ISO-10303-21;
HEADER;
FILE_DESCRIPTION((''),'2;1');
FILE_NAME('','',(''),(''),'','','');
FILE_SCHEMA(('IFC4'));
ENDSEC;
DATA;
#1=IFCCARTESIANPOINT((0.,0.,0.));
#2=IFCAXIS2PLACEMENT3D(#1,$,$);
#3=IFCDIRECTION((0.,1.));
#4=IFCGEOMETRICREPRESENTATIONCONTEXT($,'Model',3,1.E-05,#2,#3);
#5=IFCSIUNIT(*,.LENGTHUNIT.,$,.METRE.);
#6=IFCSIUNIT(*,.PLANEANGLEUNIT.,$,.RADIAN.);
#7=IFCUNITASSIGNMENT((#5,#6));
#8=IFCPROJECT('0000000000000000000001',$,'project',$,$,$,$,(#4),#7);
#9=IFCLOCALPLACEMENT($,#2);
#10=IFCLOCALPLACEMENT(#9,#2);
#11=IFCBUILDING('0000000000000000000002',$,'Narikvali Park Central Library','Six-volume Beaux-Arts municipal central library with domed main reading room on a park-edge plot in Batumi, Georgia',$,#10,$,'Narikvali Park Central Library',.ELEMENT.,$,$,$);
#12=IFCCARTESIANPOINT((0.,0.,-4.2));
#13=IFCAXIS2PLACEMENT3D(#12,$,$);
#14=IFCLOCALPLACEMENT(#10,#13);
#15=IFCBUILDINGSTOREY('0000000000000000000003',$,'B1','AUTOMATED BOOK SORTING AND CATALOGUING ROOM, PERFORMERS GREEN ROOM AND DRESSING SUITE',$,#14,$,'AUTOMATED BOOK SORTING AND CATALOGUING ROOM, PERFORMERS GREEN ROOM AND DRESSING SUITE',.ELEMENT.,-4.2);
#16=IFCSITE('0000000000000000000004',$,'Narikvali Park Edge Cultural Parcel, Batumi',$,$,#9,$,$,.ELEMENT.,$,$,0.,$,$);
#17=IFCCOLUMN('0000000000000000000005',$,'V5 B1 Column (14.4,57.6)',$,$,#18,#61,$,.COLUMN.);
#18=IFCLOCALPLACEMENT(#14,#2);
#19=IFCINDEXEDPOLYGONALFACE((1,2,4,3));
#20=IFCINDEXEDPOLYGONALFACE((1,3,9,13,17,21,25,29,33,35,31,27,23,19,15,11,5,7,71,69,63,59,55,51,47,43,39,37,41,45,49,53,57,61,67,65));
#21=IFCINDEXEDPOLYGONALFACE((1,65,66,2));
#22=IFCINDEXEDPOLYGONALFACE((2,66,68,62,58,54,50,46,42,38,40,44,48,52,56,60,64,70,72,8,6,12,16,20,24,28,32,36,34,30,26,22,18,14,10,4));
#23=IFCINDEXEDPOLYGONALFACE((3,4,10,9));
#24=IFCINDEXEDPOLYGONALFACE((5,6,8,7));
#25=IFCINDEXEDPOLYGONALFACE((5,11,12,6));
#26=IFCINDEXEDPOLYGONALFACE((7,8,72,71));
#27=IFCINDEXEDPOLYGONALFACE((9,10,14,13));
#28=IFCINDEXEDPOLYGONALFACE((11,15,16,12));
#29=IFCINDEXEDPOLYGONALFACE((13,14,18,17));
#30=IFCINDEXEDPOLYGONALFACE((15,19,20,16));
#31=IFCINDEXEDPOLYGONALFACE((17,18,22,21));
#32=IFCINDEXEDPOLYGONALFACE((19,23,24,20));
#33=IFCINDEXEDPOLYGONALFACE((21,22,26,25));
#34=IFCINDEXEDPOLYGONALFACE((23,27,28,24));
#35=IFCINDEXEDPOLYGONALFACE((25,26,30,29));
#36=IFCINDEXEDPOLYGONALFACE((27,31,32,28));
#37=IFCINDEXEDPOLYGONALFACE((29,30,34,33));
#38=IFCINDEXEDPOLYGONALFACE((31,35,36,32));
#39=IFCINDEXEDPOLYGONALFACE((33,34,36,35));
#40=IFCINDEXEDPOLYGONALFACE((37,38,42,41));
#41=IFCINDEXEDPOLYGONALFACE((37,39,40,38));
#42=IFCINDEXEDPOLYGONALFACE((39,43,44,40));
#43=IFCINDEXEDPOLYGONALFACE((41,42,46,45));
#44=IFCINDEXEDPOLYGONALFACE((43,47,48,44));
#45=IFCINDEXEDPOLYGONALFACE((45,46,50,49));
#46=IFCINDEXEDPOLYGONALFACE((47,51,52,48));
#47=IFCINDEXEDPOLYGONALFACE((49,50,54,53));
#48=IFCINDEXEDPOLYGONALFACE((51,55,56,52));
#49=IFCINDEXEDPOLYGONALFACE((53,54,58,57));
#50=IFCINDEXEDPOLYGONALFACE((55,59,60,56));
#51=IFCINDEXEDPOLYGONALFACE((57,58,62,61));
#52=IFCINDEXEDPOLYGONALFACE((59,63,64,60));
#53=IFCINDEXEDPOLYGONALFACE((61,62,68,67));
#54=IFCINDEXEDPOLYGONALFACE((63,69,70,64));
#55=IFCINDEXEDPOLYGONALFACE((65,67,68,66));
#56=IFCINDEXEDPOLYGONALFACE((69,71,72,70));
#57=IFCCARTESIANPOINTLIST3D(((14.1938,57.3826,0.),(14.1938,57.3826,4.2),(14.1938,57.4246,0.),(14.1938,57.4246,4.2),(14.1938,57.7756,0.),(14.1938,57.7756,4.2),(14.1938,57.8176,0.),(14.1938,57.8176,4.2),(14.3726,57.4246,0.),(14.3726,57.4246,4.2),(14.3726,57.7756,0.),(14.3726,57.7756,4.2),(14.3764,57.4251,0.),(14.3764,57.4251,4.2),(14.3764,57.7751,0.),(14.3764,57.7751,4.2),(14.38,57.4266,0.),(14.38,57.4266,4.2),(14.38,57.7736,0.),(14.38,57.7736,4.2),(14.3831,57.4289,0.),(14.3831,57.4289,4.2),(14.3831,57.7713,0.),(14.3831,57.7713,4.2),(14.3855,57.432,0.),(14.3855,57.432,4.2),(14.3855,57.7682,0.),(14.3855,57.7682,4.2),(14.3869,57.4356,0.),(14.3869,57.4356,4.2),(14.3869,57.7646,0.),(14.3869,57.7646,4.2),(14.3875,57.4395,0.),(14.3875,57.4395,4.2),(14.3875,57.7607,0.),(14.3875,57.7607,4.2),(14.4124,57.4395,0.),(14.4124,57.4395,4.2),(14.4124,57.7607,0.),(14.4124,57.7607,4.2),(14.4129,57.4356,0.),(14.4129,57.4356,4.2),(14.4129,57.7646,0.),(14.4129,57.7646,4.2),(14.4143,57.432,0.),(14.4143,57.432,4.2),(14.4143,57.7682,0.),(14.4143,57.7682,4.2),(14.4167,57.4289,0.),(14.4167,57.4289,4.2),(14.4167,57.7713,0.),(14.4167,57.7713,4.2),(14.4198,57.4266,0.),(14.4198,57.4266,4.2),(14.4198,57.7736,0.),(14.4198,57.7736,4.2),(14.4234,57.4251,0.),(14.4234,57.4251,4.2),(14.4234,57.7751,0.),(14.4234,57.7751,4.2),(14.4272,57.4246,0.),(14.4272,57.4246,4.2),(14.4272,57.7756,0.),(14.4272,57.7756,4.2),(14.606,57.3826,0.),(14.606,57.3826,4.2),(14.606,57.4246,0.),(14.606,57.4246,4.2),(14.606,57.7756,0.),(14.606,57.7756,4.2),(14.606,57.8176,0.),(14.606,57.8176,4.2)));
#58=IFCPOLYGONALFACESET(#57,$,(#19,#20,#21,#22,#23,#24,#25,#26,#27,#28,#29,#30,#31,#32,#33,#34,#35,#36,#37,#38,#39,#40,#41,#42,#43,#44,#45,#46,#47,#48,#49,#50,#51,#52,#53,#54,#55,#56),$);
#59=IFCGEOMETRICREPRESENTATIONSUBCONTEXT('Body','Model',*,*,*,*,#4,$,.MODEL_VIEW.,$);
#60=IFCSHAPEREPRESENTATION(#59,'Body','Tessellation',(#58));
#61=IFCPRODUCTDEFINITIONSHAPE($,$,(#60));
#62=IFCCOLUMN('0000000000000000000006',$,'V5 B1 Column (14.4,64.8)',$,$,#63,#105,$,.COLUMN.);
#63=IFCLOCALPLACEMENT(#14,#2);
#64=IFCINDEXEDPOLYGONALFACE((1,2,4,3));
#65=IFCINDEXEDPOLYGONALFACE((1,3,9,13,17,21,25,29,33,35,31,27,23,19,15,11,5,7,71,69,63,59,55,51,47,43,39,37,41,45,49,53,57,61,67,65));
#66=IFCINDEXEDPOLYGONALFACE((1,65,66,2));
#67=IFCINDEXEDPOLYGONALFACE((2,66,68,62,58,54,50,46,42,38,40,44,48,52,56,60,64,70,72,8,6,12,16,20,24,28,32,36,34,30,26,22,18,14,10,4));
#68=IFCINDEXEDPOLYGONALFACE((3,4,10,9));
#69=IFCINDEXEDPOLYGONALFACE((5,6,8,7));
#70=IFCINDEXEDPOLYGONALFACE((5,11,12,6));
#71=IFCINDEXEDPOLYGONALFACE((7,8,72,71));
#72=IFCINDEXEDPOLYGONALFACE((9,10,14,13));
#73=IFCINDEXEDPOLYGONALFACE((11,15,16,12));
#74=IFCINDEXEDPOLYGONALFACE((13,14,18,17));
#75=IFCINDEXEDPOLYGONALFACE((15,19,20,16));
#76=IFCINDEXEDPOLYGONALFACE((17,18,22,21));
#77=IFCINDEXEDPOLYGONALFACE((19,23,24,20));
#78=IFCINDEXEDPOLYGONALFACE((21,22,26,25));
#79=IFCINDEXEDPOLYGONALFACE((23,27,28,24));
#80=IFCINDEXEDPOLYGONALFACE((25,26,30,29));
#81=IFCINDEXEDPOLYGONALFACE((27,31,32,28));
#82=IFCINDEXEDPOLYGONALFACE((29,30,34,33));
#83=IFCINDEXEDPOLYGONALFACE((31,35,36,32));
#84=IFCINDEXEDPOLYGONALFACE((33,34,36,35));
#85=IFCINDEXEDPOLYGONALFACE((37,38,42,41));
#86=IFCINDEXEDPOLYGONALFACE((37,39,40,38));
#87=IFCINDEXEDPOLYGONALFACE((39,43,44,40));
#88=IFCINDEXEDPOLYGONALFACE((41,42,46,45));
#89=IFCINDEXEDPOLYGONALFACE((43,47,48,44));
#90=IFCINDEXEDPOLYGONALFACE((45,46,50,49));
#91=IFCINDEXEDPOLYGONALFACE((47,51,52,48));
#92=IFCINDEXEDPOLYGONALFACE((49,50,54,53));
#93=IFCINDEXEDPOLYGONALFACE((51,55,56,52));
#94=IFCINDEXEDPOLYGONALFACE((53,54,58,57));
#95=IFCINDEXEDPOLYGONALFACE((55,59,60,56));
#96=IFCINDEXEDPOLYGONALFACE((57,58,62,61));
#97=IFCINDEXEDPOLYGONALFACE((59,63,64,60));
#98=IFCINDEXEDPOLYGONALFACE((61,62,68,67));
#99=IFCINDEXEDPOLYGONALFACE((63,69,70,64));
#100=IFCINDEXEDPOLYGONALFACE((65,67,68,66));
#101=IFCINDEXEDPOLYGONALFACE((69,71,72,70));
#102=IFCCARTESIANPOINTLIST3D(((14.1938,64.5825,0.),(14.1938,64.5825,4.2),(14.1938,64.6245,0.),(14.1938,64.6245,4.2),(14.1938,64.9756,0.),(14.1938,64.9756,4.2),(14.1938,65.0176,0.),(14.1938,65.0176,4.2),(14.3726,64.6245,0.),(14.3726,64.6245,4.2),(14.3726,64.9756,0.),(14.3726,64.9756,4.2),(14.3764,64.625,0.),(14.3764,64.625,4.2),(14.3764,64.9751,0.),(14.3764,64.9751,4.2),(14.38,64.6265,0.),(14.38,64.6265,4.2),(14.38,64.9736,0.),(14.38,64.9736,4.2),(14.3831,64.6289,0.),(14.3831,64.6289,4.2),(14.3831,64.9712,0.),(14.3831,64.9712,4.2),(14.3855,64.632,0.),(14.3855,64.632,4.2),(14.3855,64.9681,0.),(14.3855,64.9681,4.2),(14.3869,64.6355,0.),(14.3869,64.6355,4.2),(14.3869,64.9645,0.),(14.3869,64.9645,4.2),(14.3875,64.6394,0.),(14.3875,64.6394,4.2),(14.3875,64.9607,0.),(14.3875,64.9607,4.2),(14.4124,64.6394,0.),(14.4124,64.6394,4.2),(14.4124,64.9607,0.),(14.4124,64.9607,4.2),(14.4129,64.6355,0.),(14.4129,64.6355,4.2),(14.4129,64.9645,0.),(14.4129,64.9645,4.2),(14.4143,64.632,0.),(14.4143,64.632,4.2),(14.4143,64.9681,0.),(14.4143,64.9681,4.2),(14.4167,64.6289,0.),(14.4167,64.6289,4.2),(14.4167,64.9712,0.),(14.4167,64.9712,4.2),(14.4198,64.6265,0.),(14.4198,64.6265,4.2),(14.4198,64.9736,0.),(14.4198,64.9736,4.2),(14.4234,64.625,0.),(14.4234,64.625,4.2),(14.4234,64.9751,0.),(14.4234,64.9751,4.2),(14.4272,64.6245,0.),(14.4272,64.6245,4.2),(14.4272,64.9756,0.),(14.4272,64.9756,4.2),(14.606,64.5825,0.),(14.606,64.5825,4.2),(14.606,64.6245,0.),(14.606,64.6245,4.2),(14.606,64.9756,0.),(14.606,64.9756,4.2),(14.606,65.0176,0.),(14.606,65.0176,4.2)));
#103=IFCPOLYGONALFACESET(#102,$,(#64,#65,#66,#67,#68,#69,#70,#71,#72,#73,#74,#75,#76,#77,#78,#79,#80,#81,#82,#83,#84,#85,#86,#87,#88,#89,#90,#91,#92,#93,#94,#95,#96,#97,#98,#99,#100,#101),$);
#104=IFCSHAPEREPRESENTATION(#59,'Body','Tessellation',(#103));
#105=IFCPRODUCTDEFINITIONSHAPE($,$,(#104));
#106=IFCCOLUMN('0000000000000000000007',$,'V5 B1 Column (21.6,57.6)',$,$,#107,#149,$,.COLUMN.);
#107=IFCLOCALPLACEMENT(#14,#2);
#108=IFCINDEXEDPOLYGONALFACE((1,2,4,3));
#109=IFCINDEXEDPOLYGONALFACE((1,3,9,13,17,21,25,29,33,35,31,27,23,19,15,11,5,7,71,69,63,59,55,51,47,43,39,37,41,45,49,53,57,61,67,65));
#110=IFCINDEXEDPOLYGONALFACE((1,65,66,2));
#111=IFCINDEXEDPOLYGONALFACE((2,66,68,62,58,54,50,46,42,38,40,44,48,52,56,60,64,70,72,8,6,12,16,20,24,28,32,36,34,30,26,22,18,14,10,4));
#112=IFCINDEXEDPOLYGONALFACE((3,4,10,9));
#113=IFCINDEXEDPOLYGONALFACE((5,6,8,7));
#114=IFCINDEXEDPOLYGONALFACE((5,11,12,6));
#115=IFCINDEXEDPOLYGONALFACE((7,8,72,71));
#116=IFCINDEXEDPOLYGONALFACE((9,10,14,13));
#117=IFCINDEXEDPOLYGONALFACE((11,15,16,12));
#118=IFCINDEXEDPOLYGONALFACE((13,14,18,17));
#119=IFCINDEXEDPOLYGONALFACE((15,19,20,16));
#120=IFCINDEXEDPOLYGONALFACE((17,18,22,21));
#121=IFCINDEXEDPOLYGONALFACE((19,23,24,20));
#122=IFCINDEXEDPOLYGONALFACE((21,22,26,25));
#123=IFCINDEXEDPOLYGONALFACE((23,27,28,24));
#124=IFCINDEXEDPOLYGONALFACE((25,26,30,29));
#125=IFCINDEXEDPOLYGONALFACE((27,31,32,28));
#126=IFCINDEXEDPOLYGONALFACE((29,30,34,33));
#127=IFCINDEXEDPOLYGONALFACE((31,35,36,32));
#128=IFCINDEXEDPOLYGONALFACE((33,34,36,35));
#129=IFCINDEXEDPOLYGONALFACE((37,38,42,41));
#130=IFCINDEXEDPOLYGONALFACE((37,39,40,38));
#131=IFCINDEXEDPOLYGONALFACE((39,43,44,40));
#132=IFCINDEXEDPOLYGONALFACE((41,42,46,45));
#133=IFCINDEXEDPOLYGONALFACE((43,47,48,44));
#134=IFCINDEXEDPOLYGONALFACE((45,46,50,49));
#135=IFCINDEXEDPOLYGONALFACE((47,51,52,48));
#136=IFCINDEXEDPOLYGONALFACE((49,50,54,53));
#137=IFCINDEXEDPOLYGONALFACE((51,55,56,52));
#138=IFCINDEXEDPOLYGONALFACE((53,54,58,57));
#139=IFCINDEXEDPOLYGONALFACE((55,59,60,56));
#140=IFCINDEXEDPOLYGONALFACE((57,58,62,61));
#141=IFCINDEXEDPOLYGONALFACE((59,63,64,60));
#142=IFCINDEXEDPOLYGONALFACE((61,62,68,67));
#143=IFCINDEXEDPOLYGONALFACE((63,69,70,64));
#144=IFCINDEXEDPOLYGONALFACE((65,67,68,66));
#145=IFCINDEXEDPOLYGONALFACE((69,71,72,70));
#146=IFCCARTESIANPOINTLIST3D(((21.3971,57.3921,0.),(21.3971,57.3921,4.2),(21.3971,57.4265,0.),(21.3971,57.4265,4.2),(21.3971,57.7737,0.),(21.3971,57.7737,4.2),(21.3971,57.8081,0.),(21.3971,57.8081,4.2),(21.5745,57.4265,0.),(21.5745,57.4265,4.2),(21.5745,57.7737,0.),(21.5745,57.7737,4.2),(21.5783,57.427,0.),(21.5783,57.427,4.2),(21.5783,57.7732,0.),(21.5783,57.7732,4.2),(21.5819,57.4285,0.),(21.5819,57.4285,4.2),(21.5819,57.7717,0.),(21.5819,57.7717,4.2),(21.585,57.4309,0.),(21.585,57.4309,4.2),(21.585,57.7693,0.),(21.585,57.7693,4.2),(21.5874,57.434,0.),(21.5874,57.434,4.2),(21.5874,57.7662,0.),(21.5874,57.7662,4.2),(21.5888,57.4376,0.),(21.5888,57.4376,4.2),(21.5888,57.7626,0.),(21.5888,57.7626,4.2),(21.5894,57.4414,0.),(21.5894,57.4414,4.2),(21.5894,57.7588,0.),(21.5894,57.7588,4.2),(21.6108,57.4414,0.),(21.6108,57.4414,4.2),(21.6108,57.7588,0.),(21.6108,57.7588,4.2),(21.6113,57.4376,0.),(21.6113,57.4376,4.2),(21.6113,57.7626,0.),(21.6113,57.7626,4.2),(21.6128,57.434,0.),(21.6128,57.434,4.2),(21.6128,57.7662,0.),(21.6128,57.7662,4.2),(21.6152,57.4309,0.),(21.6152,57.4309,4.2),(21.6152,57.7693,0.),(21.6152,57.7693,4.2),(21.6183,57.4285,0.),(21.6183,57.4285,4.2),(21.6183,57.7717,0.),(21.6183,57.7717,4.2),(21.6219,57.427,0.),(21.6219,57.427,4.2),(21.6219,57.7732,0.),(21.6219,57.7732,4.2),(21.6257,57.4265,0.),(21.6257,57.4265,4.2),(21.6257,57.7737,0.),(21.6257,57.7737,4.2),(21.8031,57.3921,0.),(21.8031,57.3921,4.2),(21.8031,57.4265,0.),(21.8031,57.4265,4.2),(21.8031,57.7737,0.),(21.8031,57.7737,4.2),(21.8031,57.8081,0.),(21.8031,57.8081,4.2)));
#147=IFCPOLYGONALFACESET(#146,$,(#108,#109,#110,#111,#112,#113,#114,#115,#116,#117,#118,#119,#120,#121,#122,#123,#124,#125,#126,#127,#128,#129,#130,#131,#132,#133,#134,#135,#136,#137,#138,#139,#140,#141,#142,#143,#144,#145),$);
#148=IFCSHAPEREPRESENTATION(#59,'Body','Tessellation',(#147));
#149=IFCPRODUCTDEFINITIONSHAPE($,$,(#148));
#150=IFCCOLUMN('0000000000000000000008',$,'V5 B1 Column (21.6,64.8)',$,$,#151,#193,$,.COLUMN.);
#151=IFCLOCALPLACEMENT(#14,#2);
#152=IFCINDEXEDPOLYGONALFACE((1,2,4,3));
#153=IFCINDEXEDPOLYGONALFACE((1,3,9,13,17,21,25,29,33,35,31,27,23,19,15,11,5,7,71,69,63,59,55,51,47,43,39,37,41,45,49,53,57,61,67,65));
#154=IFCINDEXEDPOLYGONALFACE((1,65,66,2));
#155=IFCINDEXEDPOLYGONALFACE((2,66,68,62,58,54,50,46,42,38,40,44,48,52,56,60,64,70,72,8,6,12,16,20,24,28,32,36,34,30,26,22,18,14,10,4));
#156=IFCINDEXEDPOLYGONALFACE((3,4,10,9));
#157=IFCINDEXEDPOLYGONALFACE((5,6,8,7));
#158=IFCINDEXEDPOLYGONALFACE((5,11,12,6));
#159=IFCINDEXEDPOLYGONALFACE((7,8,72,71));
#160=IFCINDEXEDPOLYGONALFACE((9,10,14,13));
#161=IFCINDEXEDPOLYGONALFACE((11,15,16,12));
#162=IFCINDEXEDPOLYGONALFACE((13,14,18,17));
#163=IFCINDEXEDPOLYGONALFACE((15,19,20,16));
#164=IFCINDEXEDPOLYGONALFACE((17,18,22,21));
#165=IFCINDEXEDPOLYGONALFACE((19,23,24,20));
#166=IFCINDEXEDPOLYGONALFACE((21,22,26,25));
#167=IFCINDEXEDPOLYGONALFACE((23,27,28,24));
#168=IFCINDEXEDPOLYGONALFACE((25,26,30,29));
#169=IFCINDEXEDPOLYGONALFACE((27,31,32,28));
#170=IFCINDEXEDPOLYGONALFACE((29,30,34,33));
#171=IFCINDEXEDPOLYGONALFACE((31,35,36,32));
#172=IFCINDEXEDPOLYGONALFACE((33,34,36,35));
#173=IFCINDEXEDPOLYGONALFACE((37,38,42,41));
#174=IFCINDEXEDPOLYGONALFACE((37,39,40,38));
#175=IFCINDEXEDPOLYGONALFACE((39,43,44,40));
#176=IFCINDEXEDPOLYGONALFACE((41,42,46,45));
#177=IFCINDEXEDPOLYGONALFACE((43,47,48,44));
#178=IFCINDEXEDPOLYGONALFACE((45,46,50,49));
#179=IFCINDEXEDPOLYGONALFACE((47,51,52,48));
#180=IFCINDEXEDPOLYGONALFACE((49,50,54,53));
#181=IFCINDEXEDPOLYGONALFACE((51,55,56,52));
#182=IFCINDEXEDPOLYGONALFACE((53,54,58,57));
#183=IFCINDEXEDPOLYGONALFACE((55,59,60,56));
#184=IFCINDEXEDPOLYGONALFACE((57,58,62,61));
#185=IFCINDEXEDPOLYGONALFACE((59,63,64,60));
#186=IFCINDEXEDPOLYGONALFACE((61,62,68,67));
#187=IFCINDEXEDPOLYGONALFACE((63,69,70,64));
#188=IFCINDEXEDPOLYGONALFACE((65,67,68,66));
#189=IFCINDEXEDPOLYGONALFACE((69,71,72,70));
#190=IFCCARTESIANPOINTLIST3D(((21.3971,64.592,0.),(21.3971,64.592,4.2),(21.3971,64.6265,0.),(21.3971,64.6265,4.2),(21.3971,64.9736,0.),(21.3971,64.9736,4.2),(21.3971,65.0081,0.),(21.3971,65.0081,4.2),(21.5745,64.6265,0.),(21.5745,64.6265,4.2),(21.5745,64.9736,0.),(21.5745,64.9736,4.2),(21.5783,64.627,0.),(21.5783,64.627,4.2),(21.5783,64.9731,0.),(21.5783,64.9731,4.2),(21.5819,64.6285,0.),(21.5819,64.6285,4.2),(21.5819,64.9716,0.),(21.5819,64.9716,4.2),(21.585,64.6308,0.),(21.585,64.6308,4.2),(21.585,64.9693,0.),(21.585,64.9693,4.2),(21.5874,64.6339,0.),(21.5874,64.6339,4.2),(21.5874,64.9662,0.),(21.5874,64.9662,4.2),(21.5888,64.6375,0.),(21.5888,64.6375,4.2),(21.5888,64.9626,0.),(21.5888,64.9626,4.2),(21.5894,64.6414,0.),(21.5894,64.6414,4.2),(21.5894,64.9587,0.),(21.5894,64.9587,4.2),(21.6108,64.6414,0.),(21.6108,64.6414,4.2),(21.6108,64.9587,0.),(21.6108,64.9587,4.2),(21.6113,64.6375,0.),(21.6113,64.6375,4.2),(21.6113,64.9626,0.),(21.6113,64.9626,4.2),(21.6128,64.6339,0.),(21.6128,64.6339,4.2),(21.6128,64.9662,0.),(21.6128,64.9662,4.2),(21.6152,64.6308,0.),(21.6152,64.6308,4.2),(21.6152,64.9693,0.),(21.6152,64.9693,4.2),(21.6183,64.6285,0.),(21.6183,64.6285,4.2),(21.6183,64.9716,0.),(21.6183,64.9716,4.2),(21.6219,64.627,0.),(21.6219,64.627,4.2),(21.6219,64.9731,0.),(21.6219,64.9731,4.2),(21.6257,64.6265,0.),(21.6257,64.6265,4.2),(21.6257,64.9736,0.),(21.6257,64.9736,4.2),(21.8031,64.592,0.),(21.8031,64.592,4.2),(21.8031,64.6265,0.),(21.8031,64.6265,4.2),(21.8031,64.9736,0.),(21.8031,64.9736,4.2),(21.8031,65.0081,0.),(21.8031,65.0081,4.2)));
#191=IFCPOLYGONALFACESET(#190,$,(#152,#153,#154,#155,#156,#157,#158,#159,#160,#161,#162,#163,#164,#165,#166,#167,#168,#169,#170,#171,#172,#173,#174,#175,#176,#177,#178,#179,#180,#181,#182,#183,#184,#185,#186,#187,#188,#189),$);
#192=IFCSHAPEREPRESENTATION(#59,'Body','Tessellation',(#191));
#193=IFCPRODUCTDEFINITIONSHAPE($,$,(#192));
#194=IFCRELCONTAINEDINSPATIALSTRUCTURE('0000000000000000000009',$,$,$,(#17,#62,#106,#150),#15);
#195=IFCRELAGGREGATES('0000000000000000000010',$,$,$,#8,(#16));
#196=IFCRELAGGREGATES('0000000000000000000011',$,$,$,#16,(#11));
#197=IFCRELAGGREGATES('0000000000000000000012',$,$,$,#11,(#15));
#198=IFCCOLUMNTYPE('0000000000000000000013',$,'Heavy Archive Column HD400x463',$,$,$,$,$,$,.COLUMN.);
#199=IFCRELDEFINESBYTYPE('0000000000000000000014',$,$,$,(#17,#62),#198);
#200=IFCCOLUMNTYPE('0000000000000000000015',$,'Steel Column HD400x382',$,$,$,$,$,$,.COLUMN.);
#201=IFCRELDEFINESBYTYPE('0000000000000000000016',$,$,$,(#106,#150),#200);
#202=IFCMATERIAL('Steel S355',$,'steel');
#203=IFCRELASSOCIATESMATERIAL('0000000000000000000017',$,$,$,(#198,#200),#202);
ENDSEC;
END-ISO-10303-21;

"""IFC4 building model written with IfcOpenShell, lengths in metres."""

from ifc_helpers import new_model, si_unit, direction, frame, origin, origin_2d, place, context, subcontext, project, spatial, i_section, extrude, material, material_profile, profile_set, type_object, element, save


model = new_model("IFC4")

# Units and contexts
model_context = context("Model", 3, precision=1e-05, world=origin(), true_north=direction((0.0, 1.0)))
body_context = subcontext(model_context, "Body", "Model", "MODEL_VIEW")
ifc_project = project(units=[si_unit("LENGTHUNIT", "METRE"), si_unit("PLANEANGLEUNIT", "RADIAN")], contexts=[model_context])

# Site, building, storey
site_placement = place(None, origin())
site = spatial("IfcSite", under=ifc_project, at=site_placement, Name="Narikvali Park Edge Cultural Parcel, Batumi", CompositionType="ELEMENT", RefElevation=0.0)
building_placement = place(site_placement, origin())
building = spatial("IfcBuilding", under=site, at=building_placement, Name="Narikvali Park Central Library", Description="Six-volume Beaux-Arts municipal central library with domed main reading room on a park-edge plot in Batumi, Georgia", LongName="Narikvali Park Central Library", CompositionType="ELEMENT")
storey_placement = place(building_placement, frame((0.0, 0.0, -4.2)))
storey = spatial("IfcBuildingStorey", under=building, at=storey_placement, Name="B1", Description="AUTOMATED BOOK SORTING AND CATALOGUING ROOM, PERFORMERS GREEN ROOM AND DRESSING SUITE", LongName="AUTOMATED BOOK SORTING AND CATALOGUING ROOM, PERFORMERS GREEN ROOM AND DRESSING SUITE", CompositionType="ELEMENT", Elevation=-4.2)

# Columns
ifc_material_1 = material(Name="Steel S355", Category="steel")
ifc_material_profile_1 = material_profile(ifc_material_1, i_section(OverallWidth=0.4121, OverallDepth=0.4351, WebThickness=0.0249, FlangeThickness=0.042, FilletRadius=0.0149, at=origin_2d()), Name="HD 400x463")
ifc_profile_set_1 = profile_set([ifc_material_profile_1], Name="Steel S355")
column_type_1 = type_object("IfcColumnType", Name="Heavy Archive Column HD400x463", PredefinedType="COLUMN", material=ifc_profile_set_1)
for number, where, z_axis, x_axis, name in (
    (1, (14.3999, 57.6001, 0.0), (0.0, 0.0, 1.0), (1.0, 0.0, 0.0), "V5 B1 Column (14.4,57.6)"),
    (2, (14.3999, 64.8, 0.0), (0.0, 0.0, 1.0), (1.0, 0.0, 0.0), "V5 B1 Column (14.4,64.8)"),
):
    element("IfcColumn", number, at=place(storey_placement, frame(where, z_axis=z_axis, x_axis=x_axis)), inside=storey, type_object=column_type_1, Name=name, PredefinedType="COLUMN", context=body_context, shape_type="SweptSolid", body=[
        extrude(i_section(OverallWidth=0.4121, OverallDepth=0.4351, WebThickness=0.0249, FlangeThickness=0.042, FilletRadius=0.0149, at=origin_2d()), origin(), (0.0, 0.0, 1.0), 4.2),
    ])
ifc_material_profile_2 = material_profile(ifc_material_1, i_section(OverallWidth=0.406, OverallDepth=0.416, WebThickness=0.0215, FlangeThickness=0.0344, FilletRadius=0.0149, at=origin_2d()), Name="HD 400x382")
ifc_profile_set_2 = profile_set([ifc_material_profile_2], Name="Steel S355")
column_type_2 = type_object("IfcColumnType", Name="Steel Column HD400x382", PredefinedType="COLUMN", material=ifc_profile_set_2)
for number, where, z_axis, x_axis, name in (
    (3, (21.6001, 57.6001, 0.0), (0.0, 0.0, 1.0), (1.0, 0.0, 0.0), "V5 B1 Column (21.6,57.6)"),
    (4, (21.6001, 64.8, 0.0), (0.0, 0.0, 1.0), (1.0, 0.0, 0.0), "V5 B1 Column (21.6,64.8)"),
):
    element("IfcColumn", number, at=place(storey_placement, frame(where, z_axis=z_axis, x_axis=x_axis)), inside=storey, type_object=column_type_2, Name=name, PredefinedType="COLUMN", context=body_context, shape_type="SweptSolid", body=[
        extrude(i_section(OverallWidth=0.406, OverallDepth=0.416, WebThickness=0.0215, FlangeThickness=0.0344, FilletRadius=0.0149, at=origin_2d()), origin(), (0.0, 0.0, 1.0), 4.2),
    ])

save(model, "model.ifc")
